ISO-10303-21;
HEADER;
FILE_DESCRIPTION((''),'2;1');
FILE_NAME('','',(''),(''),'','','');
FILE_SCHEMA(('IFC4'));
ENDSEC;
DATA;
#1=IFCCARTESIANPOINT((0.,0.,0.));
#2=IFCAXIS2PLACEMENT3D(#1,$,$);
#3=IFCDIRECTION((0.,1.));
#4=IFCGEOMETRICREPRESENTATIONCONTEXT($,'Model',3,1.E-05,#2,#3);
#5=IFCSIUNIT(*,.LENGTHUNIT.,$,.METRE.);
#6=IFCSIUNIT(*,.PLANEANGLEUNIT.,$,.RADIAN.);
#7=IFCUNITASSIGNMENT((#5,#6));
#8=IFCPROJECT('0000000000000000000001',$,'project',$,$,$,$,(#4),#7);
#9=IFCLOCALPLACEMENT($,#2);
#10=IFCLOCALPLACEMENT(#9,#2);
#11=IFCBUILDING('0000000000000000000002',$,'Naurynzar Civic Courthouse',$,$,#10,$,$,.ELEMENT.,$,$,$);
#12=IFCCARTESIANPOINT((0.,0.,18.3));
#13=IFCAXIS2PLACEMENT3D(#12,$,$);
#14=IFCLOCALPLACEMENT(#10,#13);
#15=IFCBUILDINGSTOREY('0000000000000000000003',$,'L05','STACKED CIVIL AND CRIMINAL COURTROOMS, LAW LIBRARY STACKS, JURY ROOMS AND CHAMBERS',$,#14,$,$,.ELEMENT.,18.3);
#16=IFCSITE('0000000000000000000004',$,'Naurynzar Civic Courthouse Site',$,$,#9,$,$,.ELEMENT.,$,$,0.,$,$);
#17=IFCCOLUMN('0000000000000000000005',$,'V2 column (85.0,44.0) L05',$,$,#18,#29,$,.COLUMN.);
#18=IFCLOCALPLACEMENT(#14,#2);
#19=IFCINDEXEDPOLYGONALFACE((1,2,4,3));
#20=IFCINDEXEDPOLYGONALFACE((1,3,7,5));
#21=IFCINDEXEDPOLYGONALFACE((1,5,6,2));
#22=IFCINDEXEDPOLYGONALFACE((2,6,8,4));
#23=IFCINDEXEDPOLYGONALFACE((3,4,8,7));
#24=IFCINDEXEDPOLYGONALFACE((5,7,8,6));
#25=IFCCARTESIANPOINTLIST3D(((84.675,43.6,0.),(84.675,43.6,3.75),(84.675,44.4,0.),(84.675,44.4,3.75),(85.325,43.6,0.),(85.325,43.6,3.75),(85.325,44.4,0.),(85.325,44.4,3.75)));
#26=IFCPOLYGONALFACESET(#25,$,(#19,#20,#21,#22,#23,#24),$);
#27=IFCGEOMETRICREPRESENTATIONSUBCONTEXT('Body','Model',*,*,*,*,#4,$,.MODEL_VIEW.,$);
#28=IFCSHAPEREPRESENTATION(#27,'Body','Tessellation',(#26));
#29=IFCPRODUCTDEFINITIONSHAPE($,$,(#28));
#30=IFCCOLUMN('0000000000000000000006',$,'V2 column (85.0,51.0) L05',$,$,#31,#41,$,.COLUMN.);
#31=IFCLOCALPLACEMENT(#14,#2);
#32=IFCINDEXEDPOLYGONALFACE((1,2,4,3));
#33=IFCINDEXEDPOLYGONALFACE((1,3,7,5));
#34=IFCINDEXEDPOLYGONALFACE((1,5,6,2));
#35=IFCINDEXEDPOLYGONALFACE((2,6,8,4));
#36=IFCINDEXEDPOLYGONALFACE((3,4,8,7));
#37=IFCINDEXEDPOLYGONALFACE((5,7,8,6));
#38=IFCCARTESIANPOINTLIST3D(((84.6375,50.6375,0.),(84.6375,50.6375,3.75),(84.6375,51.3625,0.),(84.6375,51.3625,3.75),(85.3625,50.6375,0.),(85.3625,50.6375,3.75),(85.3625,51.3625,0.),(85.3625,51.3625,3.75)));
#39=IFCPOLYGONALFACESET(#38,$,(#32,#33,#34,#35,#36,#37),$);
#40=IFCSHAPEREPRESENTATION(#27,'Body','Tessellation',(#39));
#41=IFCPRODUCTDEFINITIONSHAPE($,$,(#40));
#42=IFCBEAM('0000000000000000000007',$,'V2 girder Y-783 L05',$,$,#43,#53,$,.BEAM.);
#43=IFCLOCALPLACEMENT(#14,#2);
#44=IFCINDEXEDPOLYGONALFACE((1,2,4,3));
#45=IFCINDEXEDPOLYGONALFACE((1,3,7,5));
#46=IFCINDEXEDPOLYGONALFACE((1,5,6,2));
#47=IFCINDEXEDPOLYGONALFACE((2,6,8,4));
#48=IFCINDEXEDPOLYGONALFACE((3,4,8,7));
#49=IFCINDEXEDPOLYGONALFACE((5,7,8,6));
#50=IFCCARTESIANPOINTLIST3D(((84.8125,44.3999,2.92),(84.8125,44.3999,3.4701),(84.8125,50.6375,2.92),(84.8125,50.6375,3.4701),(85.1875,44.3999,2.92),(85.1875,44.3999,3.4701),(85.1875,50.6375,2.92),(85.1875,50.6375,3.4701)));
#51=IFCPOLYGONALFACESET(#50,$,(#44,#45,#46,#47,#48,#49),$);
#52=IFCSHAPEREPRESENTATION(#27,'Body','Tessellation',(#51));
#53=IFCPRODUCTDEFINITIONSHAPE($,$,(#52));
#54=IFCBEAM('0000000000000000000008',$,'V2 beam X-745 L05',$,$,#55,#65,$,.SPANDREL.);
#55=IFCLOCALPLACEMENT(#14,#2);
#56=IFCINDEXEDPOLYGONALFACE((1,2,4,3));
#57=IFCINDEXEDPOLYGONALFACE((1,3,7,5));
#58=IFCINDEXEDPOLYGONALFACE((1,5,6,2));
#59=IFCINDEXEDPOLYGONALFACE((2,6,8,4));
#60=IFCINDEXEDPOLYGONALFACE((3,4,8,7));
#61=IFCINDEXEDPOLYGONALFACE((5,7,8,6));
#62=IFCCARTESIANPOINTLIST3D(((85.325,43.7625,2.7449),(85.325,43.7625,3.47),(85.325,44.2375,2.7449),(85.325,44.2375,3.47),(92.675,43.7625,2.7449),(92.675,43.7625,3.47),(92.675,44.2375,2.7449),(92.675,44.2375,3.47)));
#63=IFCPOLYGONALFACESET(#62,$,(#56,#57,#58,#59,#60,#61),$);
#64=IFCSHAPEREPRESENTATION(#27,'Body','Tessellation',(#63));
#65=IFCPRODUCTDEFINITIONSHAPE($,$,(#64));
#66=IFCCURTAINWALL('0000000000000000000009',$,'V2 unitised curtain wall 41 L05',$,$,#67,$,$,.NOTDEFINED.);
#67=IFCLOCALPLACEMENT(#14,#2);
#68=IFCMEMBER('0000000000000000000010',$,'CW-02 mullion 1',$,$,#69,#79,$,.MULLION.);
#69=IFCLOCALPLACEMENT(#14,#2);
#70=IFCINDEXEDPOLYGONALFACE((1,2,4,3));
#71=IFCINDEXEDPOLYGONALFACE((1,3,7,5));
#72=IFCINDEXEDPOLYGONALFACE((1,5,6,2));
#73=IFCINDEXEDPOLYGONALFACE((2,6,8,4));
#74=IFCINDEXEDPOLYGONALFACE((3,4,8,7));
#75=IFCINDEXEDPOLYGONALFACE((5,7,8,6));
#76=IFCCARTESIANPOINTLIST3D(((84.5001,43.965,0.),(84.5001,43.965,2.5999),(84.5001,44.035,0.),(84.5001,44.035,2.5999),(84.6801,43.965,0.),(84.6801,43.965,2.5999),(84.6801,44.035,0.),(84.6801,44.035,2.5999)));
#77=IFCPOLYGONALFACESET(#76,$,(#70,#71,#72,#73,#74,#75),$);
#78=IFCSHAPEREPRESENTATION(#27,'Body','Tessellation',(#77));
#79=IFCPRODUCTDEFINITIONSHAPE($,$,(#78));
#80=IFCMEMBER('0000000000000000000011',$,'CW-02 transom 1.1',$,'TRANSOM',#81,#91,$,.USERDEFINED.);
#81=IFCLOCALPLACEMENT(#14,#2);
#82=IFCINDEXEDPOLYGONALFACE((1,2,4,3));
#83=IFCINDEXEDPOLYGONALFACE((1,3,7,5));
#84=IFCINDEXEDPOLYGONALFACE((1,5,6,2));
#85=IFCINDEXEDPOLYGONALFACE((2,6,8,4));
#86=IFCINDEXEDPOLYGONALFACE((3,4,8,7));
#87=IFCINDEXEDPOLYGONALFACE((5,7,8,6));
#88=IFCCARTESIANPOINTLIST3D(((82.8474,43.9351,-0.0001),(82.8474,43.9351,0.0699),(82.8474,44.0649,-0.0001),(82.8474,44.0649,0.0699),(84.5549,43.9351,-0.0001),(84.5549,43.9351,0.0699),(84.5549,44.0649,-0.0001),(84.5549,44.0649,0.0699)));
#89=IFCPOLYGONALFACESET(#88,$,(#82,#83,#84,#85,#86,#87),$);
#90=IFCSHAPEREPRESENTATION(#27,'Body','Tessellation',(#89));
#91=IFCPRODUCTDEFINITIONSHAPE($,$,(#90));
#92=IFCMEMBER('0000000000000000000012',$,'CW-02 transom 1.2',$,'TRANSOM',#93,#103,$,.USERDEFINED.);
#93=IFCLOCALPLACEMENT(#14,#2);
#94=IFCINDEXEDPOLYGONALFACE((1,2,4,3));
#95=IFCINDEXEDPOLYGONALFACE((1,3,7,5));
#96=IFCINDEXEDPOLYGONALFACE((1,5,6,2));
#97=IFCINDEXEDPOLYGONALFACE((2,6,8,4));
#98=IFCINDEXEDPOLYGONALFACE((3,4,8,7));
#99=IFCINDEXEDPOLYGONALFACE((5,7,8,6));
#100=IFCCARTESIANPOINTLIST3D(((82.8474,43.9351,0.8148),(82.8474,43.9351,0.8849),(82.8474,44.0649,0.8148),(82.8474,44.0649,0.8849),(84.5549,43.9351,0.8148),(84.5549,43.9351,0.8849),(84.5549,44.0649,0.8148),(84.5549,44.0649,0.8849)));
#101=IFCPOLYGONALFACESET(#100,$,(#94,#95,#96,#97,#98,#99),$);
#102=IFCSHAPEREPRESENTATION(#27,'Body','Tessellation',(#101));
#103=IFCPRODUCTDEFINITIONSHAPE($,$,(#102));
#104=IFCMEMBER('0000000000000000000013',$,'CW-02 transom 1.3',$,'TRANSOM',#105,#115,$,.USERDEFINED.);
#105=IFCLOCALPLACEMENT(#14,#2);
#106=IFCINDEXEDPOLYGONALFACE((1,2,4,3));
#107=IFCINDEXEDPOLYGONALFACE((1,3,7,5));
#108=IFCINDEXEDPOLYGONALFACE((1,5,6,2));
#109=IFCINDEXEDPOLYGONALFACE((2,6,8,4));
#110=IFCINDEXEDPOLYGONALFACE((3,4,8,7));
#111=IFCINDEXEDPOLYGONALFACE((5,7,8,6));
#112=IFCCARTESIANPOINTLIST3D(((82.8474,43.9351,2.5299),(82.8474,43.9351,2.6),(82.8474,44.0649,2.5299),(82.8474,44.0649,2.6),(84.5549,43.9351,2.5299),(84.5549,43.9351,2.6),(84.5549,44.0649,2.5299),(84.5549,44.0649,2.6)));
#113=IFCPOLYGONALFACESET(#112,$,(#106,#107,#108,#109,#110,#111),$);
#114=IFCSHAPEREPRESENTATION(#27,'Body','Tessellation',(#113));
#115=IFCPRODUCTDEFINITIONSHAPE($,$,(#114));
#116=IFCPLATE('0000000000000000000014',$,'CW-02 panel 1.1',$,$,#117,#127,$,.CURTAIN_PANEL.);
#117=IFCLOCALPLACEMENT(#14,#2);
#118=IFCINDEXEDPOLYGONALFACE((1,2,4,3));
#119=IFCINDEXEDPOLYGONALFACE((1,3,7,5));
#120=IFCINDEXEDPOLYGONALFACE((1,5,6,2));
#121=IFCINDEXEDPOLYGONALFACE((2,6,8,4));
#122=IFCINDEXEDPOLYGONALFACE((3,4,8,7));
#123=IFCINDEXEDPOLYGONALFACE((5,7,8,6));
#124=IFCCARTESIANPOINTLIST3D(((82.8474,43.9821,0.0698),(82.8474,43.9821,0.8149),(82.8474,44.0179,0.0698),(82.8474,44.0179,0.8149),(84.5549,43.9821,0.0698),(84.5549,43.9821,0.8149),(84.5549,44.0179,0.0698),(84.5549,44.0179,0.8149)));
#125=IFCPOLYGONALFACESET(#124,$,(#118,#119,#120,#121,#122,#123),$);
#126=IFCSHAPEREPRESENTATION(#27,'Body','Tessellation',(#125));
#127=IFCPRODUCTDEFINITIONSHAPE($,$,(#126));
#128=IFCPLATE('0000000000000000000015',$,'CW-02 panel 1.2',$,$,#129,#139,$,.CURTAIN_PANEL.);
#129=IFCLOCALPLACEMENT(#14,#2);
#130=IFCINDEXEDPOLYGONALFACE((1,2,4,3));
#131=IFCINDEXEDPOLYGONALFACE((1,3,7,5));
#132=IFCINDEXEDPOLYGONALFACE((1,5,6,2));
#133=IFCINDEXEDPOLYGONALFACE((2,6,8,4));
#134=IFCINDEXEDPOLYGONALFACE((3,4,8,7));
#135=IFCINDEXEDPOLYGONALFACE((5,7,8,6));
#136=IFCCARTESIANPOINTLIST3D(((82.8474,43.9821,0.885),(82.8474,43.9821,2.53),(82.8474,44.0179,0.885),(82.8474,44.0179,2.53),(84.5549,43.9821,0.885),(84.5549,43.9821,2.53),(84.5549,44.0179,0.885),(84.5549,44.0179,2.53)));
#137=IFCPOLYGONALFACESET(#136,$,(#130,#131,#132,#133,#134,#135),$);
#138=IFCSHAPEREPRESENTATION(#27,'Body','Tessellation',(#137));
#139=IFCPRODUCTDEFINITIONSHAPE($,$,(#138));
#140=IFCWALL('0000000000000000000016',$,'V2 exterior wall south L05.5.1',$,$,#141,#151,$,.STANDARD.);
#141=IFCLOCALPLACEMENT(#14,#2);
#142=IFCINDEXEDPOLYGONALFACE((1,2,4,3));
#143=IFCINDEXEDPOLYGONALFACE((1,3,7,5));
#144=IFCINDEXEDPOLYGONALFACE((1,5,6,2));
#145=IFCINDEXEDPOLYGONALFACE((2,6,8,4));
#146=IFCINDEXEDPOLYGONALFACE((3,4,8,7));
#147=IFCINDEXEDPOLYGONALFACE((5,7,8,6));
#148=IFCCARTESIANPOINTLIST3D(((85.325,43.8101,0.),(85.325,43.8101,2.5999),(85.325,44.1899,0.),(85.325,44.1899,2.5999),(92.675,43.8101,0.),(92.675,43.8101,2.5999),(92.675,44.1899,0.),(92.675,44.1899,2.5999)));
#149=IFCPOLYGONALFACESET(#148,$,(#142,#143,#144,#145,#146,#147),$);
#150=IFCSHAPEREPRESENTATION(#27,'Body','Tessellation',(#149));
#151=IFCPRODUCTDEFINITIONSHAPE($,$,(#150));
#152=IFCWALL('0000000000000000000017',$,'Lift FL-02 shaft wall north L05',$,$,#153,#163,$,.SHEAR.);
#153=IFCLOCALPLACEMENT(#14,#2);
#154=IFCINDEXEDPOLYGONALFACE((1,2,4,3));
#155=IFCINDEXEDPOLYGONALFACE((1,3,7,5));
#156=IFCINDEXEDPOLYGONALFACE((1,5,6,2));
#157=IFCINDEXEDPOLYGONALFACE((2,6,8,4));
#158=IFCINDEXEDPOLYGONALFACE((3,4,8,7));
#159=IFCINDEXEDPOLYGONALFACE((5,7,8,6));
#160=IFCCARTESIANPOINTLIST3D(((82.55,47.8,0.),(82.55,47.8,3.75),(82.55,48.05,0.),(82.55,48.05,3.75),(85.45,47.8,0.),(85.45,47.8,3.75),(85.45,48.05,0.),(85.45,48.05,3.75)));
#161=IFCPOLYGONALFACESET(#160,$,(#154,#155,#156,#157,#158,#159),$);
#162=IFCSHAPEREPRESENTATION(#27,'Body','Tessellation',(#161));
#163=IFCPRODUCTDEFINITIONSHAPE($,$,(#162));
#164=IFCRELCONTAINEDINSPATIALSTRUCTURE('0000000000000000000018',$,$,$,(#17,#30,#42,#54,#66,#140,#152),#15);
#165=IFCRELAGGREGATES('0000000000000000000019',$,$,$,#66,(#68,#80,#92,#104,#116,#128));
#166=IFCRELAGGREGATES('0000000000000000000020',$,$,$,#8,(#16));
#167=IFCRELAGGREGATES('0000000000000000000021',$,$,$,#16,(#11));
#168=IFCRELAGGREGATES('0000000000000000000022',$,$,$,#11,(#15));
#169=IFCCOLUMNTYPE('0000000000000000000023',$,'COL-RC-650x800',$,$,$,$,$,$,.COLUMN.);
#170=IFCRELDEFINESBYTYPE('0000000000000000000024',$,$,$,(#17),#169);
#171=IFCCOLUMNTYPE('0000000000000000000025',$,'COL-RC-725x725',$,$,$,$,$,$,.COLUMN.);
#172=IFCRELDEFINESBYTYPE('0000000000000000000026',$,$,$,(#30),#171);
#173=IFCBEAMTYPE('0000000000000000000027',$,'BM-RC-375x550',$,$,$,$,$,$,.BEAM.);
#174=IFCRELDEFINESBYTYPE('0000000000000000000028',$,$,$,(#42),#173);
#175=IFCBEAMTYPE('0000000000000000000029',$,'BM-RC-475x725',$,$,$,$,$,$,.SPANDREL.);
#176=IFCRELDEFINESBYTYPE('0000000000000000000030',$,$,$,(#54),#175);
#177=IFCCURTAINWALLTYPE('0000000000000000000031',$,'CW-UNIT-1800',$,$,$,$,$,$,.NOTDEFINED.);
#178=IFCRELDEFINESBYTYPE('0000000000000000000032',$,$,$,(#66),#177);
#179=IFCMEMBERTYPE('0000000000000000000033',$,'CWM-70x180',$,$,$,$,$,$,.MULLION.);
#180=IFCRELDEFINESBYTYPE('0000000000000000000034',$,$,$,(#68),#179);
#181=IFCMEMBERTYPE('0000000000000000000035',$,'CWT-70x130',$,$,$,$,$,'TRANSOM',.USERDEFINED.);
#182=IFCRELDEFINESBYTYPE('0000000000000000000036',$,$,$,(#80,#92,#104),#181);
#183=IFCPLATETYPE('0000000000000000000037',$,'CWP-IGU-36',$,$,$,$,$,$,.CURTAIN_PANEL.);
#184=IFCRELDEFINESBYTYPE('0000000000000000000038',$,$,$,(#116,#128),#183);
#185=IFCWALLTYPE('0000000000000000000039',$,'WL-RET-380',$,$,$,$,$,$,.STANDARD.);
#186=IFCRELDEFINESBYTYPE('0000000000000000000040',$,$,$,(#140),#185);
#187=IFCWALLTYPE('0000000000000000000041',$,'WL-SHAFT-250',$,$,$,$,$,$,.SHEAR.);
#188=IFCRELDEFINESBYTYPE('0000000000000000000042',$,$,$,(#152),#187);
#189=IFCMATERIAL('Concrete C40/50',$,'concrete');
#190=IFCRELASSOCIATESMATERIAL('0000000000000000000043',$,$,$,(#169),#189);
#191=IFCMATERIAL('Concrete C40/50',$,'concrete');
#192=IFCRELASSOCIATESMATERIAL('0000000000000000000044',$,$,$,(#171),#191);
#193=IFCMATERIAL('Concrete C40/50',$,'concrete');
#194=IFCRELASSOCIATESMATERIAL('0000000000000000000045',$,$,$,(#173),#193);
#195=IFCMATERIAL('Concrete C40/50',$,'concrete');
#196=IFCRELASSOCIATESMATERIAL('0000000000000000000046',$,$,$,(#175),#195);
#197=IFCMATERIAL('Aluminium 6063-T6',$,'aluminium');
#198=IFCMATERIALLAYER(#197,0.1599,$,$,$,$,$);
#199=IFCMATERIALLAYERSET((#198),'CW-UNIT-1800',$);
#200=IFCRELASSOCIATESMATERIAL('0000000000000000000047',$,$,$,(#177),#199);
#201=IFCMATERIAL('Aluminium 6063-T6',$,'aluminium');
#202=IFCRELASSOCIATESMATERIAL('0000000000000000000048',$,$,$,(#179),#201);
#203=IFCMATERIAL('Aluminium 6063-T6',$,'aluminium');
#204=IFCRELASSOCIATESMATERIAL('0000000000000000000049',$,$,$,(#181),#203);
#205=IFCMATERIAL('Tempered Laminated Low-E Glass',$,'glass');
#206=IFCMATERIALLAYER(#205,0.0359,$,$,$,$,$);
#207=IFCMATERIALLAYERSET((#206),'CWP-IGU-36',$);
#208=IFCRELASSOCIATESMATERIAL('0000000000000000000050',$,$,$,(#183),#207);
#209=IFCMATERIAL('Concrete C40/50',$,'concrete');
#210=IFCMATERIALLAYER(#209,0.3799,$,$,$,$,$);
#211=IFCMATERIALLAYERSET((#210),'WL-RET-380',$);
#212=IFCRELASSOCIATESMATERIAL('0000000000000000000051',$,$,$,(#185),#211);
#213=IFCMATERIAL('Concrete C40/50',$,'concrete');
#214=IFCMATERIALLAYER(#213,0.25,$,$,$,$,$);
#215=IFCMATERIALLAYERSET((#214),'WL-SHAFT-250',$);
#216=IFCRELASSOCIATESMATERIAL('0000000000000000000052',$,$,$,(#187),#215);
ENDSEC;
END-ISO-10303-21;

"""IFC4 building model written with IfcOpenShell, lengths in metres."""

from ifc_helpers import new_model, si_unit, direction, frame, frame_2d, origin, origin_2d, place, context, subcontext, project, spatial, rectangle, extrude, material, layer, layer_set, material_profile, profile_set, type_object, element, aggregate, save


model = new_model("IFC4")

# Units and contexts
model_context = context("Model", 3, precision=1e-05, world=origin(), true_north=direction((0.0, 1.0)))
body_context = subcontext(model_context, "Body", "Model", "MODEL_VIEW")
ifc_project = project(units=[si_unit("LENGTHUNIT", "METRE"), si_unit("PLANEANGLEUNIT", "RADIAN")], contexts=[model_context])

# Site, building, storey
site_placement = place(None, origin())
site = spatial("IfcSite", under=ifc_project, at=site_placement, Name="Naurynzar Civic Courthouse Site", CompositionType="ELEMENT", RefElevation=0.0)
building_placement = place(site_placement, origin())
building = spatial("IfcBuilding", under=site, at=building_placement, Name="Naurynzar Civic Courthouse", CompositionType="ELEMENT")
storey_placement = place(building_placement, frame((0.0, 0.0, 18.3)))
storey = spatial("IfcBuildingStorey", under=building, at=storey_placement, Name="L05", Description="STACKED CIVIL AND CRIMINAL COURTROOMS, LAW LIBRARY STACKS, JURY ROOMS AND CHAMBERS", CompositionType="ELEMENT", Elevation=18.3)

# Columns
ifc_material_1 = material(Name="Concrete C40/50", Category="concrete")
ifc_material_profile_1 = material_profile(ifc_material_1, rectangle(XDim=0.6499, YDim=0.8, at=origin_2d()), Name="RC 650x800")
ifc_profile_set_1 = profile_set([ifc_material_profile_1], Name="Concrete C40/50")
column_type_1 = type_object("IfcColumnType", Name="COL-RC-650x800", PredefinedType="COLUMN", material=ifc_profile_set_1)
column_1_placement = place(storey_placement, frame((85.0, 44.0, 0.0), z_axis=(0.0, 0.0, 1.0), x_axis=(1.0, 0.0, 0.0)))
element("IfcColumn", 1, at=column_1_placement, inside=storey, type_object=column_type_1, Name="V2 column (85.0,44.0) L05", PredefinedType="COLUMN", context=body_context, shape_type="SweptSolid", body=[
    extrude(rectangle(XDim=0.6499, YDim=0.8, at=origin_2d()), origin(), (0.0, 0.0, 1.0), 3.75),
])
ifc_material_2 = material(Name="Concrete C40/50", Category="concrete")
ifc_material_profile_2 = material_profile(ifc_material_2, rectangle(XDim=0.7251, YDim=0.7251, at=origin_2d()), Name="RC 725x725")
ifc_profile_set_2 = profile_set([ifc_material_profile_2], Name="Concrete C40/50")
column_type_2 = type_object("IfcColumnType", Name="COL-RC-725x725", PredefinedType="COLUMN", material=ifc_profile_set_2)
column_2_placement = place(storey_placement, frame((85.0, 51.0, 0.0), z_axis=(0.0, 0.0, 1.0), x_axis=(1.0, 0.0, 0.0)))
element("IfcColumn", 2, at=column_2_placement, inside=storey, type_object=column_type_2, Name="V2 column (85.0,51.0) L05", PredefinedType="COLUMN", context=body_context, shape_type="SweptSolid", body=[
    extrude(rectangle(XDim=0.7251, YDim=0.7251, at=origin_2d()), origin(), (0.0, 0.0, 1.0), 3.75),
])

# Beams
ifc_material_3 = material(Name="Concrete C40/50", Category="concrete")
ifc_material_profile_3 = material_profile(ifc_material_3, rectangle(XDim=0.375, YDim=0.55, at=origin_2d()), Name="RCB 375x550")
ifc_profile_set_3 = profile_set([ifc_material_profile_3], Name="Concrete C40/50")
beam_type_1 = type_object("IfcBeamType", Name="BM-RC-375x550", PredefinedType="BEAM", material=ifc_profile_set_3)
beam_1_placement = place(storey_placement, frame((85.0, 44.3999, 3.1951), z_axis=(0.0, 1.0, 0.0), x_axis=(-1.0, 0.0, 0.0)))
element("IfcBeam", 3, at=beam_1_placement, inside=storey, type_object=beam_type_1, Name="V2 girder Y-783 L05", PredefinedType="BEAM", context=body_context, shape_type="SweptSolid", body=[
    extrude(rectangle(XDim=0.375, YDim=0.55, at=origin_2d()), origin(), (0.0, 0.0, 1.0), 6.2375),
])
ifc_material_4 = material(Name="Concrete C40/50", Category="concrete")
ifc_material_profile_4 = material_profile(ifc_material_4, rectangle(XDim=0.4751, YDim=0.7251, at=origin_2d()), Name="RCB 475x725")
ifc_profile_set_4 = profile_set([ifc_material_profile_4], Name="Concrete C40/50")
beam_type_2 = type_object("IfcBeamType", Name="BM-RC-475x725", PredefinedType="SPANDREL", material=ifc_profile_set_4)
beam_2_placement = place(storey_placement, frame((85.325, 44.0, 3.1074), z_axis=(1.0, 0.0, 0.0), x_axis=(0.0, 1.0, 0.0)))
element("IfcBeam", 4, at=beam_2_placement, inside=storey, type_object=beam_type_2, Name="V2 beam X-745 L05", PredefinedType="SPANDREL", context=body_context, shape_type="SweptSolid", body=[
    extrude(rectangle(XDim=0.4751, YDim=0.7251, at=origin_2d()), origin(), (0.0, 0.0, 1.0), 7.3501),
])

# Curtain wall, members, plates
ifc_material_5 = material(Name="Aluminium 6063-T6", Category="aluminium")
ifc_layer_1 = layer(ifc_material_5, 0.1599)
ifc_layer_set_1 = layer_set([ifc_layer_1], Name="CW-UNIT-1800")
curtain_wall_type = type_object("IfcCurtainWallType", Name="CW-UNIT-1800", PredefinedType="NOTDEFINED", material=ifc_layer_set_1)
curtain_wall_placement = place(storey_placement, origin())
curtain_wall = element("IfcCurtainWall", 5, at=curtain_wall_placement, inside=storey, type_object=curtain_wall_type, Name="V2 unitised curtain wall 41 L05", PredefinedType="NOTDEFINED")
ifc_material_6 = material(Name="Aluminium 6063-T6", Category="aluminium")
ifc_material_profile_5 = material_profile(ifc_material_6, rectangle(XDim=0.0701, YDim=0.1799, at=origin_2d()), Name="ALU MULLION 70x180")
ifc_profile_set_5 = profile_set([ifc_material_profile_5], Name="Aluminium 6063-T6")
member_type_1 = type_object("IfcMemberType", Name="CWM-70x180", PredefinedType="MULLION", material=ifc_profile_set_5)
member_1_placement = place(storey_placement, frame((84.5901, 44.0, 0.0), z_axis=(0.0, 0.0, 1.0), x_axis=(0.0, -1.0, 0.0)))
member_1 = element("IfcMember", 6, at=member_1_placement, type_object=member_type_1, Name="CW-02 mullion 1", PredefinedType="MULLION", context=body_context, shape_type="SweptSolid", body=[
    extrude(rectangle(XDim=0.0701, YDim=0.1799, at=origin_2d()), origin(), (0.0, 0.0, 1.0), 2.5999),
])
ifc_material_7 = material(Name="Aluminium 6063-T6", Category="aluminium")
ifc_material_profile_6 = material_profile(ifc_material_7, rectangle(XDim=0.1299, YDim=0.0701, at=origin_2d()), Name="ALU TRANSOM 70x130")
ifc_profile_set_6 = profile_set([ifc_material_profile_6], Name="Aluminium 6063-T6")
member_type_2 = type_object("IfcMemberType", Name="CWT-70x130", ElementType="TRANSOM", PredefinedType="USERDEFINED", material=ifc_profile_set_6)
member_2_placement = place(storey_placement, frame((84.5549, 44.0, 0.0349), z_axis=(-1.0, 0.0, 0.0), x_axis=(0.0, -1.0, 0.0)))
member_2 = element("IfcMember", 7, at=member_2_placement, type_object=member_type_2, Name="CW-02 transom 1.1", ObjectType="TRANSOM", PredefinedType="USERDEFINED", context=body_context, shape_type="SweptSolid", body=[
    extrude(rectangle(XDim=0.1299, YDim=0.0701, at=origin_2d()), origin(), (0.0, 0.0, 1.0), 1.7075),
])
member_3_placement = place(storey_placement, frame((84.5549, 44.0, 0.8499), z_axis=(-1.0, 0.0, 0.0), x_axis=(0.0, -1.0, 0.0)))
member_3 = element("IfcMember", 8, at=member_3_placement, type_object=member_type_2, Name="CW-02 transom 1.2", ObjectType="TRANSOM", PredefinedType="USERDEFINED", context=body_context, shape_type="SweptSolid", body=[
    extrude(rectangle(XDim=0.1299, YDim=0.0701, at=origin_2d()), origin(), (0.0, 0.0, 1.0), 1.7075),
])
member_4_placement = place(storey_placement, frame((84.5549, 44.0, 2.5649), z_axis=(-1.0, 0.0, 0.0), x_axis=(0.0, -1.0, 0.0)))
member_4 = element("IfcMember", 9, at=member_4_placement, type_object=member_type_2, Name="CW-02 transom 1.3", ObjectType="TRANSOM", PredefinedType="USERDEFINED", context=body_context, shape_type="SweptSolid", body=[
    extrude(rectangle(XDim=0.1299, YDim=0.0701, at=origin_2d()), origin(), (0.0, 0.0, 1.0), 1.7075),
])
ifc_material_8 = material(Name="Tempered Laminated Low-E Glass", Category="glass")
ifc_layer_2 = layer(ifc_material_8, 0.0359)
ifc_layer_set_2 = layer_set([ifc_layer_2], Name="CWP-IGU-36")
plate_type = type_object("IfcPlateType", Name="CWP-IGU-36", PredefinedType="CURTAIN_PANEL", material=ifc_layer_set_2)
plate_1_placement = place(storey_placement, frame((83.7012, 44.0, 0.0698), z_axis=(0.0, 0.0, 1.0), x_axis=(-1.0, 0.0, 0.0)))
plate_1 = element("IfcPlate", 10, at=plate_1_placement, type_object=plate_type, Name="CW-02 panel 1.1", PredefinedType="CURTAIN_PANEL", context=body_context, shape_type="SweptSolid", body=[
    extrude(rectangle(XDim=1.7075, YDim=0.0359, at=origin_2d()), origin(), (0.0, 0.0, 1.0), 0.7451),
])
plate_2_placement = place(storey_placement, frame((83.7012, 44.0, 0.885), z_axis=(0.0, 0.0, 1.0), x_axis=(-1.0, 0.0, 0.0)))
plate_2 = element("IfcPlate", 11, at=plate_2_placement, type_object=plate_type, Name="CW-02 panel 1.2", PredefinedType="CURTAIN_PANEL", context=body_context, shape_type="SweptSolid", body=[
    extrude(rectangle(XDim=1.7075, YDim=0.0359, at=origin_2d()), origin(), (0.0, 0.0, 1.0), 1.645),
])
aggregate(curtain_wall, [member_1, member_2, member_3, member_4, plate_1, plate_2])

# Walls
ifc_material_9 = material(Name="Concrete C40/50", Category="concrete")
ifc_layer_3 = layer(ifc_material_9, 0.3799)
ifc_layer_set_3 = layer_set([ifc_layer_3], Name="WL-RET-380")
wall_type_1 = type_object("IfcWallType", Name="WL-RET-380", PredefinedType="STANDARD", material=ifc_layer_set_3)
wall_1_placement = place(storey_placement, frame((92.675, 44.0, 0.0), z_axis=(0.0, 0.0, 1.0), x_axis=(-1.0, 0.0, 0.0)))
element("IfcWall", 12, at=wall_1_placement, inside=storey, type_object=wall_type_1, Name="V2 exterior wall south L05.5.1", PredefinedType="STANDARD", context=body_context, shape_type="SweptSolid", body=[
    extrude(rectangle(XDim=7.3501, YDim=0.3799, at=frame_2d((3.675, 0.0))), origin(), (0.0, 0.0, 1.0), 2.5999),
])
ifc_material_10 = material(Name="Concrete C40/50", Category="concrete")
ifc_layer_4 = layer(ifc_material_10, 0.25)
ifc_layer_set_4 = layer_set([ifc_layer_4], Name="WL-SHAFT-250")
wall_type_2 = type_object("IfcWallType", Name="WL-SHAFT-250", PredefinedType="SHEAR", material=ifc_layer_set_4)
wall_2_placement = place(storey_placement, frame((85.45, 47.925, 0.0), z_axis=(0.0, 0.0, 1.0), x_axis=(-1.0, 0.0, 0.0)))
element("IfcWall", 13, at=wall_2_placement, inside=storey, type_object=wall_type_2, Name="Lift FL-02 shaft wall north L05", PredefinedType="SHEAR", context=body_context, shape_type="SweptSolid", body=[
    extrude(rectangle(XDim=2.8999, YDim=0.25, at=frame_2d((1.45, 0.0))), origin(), (0.0, 0.0, 1.0), 3.75),
])

save(model, "model.ifc")
